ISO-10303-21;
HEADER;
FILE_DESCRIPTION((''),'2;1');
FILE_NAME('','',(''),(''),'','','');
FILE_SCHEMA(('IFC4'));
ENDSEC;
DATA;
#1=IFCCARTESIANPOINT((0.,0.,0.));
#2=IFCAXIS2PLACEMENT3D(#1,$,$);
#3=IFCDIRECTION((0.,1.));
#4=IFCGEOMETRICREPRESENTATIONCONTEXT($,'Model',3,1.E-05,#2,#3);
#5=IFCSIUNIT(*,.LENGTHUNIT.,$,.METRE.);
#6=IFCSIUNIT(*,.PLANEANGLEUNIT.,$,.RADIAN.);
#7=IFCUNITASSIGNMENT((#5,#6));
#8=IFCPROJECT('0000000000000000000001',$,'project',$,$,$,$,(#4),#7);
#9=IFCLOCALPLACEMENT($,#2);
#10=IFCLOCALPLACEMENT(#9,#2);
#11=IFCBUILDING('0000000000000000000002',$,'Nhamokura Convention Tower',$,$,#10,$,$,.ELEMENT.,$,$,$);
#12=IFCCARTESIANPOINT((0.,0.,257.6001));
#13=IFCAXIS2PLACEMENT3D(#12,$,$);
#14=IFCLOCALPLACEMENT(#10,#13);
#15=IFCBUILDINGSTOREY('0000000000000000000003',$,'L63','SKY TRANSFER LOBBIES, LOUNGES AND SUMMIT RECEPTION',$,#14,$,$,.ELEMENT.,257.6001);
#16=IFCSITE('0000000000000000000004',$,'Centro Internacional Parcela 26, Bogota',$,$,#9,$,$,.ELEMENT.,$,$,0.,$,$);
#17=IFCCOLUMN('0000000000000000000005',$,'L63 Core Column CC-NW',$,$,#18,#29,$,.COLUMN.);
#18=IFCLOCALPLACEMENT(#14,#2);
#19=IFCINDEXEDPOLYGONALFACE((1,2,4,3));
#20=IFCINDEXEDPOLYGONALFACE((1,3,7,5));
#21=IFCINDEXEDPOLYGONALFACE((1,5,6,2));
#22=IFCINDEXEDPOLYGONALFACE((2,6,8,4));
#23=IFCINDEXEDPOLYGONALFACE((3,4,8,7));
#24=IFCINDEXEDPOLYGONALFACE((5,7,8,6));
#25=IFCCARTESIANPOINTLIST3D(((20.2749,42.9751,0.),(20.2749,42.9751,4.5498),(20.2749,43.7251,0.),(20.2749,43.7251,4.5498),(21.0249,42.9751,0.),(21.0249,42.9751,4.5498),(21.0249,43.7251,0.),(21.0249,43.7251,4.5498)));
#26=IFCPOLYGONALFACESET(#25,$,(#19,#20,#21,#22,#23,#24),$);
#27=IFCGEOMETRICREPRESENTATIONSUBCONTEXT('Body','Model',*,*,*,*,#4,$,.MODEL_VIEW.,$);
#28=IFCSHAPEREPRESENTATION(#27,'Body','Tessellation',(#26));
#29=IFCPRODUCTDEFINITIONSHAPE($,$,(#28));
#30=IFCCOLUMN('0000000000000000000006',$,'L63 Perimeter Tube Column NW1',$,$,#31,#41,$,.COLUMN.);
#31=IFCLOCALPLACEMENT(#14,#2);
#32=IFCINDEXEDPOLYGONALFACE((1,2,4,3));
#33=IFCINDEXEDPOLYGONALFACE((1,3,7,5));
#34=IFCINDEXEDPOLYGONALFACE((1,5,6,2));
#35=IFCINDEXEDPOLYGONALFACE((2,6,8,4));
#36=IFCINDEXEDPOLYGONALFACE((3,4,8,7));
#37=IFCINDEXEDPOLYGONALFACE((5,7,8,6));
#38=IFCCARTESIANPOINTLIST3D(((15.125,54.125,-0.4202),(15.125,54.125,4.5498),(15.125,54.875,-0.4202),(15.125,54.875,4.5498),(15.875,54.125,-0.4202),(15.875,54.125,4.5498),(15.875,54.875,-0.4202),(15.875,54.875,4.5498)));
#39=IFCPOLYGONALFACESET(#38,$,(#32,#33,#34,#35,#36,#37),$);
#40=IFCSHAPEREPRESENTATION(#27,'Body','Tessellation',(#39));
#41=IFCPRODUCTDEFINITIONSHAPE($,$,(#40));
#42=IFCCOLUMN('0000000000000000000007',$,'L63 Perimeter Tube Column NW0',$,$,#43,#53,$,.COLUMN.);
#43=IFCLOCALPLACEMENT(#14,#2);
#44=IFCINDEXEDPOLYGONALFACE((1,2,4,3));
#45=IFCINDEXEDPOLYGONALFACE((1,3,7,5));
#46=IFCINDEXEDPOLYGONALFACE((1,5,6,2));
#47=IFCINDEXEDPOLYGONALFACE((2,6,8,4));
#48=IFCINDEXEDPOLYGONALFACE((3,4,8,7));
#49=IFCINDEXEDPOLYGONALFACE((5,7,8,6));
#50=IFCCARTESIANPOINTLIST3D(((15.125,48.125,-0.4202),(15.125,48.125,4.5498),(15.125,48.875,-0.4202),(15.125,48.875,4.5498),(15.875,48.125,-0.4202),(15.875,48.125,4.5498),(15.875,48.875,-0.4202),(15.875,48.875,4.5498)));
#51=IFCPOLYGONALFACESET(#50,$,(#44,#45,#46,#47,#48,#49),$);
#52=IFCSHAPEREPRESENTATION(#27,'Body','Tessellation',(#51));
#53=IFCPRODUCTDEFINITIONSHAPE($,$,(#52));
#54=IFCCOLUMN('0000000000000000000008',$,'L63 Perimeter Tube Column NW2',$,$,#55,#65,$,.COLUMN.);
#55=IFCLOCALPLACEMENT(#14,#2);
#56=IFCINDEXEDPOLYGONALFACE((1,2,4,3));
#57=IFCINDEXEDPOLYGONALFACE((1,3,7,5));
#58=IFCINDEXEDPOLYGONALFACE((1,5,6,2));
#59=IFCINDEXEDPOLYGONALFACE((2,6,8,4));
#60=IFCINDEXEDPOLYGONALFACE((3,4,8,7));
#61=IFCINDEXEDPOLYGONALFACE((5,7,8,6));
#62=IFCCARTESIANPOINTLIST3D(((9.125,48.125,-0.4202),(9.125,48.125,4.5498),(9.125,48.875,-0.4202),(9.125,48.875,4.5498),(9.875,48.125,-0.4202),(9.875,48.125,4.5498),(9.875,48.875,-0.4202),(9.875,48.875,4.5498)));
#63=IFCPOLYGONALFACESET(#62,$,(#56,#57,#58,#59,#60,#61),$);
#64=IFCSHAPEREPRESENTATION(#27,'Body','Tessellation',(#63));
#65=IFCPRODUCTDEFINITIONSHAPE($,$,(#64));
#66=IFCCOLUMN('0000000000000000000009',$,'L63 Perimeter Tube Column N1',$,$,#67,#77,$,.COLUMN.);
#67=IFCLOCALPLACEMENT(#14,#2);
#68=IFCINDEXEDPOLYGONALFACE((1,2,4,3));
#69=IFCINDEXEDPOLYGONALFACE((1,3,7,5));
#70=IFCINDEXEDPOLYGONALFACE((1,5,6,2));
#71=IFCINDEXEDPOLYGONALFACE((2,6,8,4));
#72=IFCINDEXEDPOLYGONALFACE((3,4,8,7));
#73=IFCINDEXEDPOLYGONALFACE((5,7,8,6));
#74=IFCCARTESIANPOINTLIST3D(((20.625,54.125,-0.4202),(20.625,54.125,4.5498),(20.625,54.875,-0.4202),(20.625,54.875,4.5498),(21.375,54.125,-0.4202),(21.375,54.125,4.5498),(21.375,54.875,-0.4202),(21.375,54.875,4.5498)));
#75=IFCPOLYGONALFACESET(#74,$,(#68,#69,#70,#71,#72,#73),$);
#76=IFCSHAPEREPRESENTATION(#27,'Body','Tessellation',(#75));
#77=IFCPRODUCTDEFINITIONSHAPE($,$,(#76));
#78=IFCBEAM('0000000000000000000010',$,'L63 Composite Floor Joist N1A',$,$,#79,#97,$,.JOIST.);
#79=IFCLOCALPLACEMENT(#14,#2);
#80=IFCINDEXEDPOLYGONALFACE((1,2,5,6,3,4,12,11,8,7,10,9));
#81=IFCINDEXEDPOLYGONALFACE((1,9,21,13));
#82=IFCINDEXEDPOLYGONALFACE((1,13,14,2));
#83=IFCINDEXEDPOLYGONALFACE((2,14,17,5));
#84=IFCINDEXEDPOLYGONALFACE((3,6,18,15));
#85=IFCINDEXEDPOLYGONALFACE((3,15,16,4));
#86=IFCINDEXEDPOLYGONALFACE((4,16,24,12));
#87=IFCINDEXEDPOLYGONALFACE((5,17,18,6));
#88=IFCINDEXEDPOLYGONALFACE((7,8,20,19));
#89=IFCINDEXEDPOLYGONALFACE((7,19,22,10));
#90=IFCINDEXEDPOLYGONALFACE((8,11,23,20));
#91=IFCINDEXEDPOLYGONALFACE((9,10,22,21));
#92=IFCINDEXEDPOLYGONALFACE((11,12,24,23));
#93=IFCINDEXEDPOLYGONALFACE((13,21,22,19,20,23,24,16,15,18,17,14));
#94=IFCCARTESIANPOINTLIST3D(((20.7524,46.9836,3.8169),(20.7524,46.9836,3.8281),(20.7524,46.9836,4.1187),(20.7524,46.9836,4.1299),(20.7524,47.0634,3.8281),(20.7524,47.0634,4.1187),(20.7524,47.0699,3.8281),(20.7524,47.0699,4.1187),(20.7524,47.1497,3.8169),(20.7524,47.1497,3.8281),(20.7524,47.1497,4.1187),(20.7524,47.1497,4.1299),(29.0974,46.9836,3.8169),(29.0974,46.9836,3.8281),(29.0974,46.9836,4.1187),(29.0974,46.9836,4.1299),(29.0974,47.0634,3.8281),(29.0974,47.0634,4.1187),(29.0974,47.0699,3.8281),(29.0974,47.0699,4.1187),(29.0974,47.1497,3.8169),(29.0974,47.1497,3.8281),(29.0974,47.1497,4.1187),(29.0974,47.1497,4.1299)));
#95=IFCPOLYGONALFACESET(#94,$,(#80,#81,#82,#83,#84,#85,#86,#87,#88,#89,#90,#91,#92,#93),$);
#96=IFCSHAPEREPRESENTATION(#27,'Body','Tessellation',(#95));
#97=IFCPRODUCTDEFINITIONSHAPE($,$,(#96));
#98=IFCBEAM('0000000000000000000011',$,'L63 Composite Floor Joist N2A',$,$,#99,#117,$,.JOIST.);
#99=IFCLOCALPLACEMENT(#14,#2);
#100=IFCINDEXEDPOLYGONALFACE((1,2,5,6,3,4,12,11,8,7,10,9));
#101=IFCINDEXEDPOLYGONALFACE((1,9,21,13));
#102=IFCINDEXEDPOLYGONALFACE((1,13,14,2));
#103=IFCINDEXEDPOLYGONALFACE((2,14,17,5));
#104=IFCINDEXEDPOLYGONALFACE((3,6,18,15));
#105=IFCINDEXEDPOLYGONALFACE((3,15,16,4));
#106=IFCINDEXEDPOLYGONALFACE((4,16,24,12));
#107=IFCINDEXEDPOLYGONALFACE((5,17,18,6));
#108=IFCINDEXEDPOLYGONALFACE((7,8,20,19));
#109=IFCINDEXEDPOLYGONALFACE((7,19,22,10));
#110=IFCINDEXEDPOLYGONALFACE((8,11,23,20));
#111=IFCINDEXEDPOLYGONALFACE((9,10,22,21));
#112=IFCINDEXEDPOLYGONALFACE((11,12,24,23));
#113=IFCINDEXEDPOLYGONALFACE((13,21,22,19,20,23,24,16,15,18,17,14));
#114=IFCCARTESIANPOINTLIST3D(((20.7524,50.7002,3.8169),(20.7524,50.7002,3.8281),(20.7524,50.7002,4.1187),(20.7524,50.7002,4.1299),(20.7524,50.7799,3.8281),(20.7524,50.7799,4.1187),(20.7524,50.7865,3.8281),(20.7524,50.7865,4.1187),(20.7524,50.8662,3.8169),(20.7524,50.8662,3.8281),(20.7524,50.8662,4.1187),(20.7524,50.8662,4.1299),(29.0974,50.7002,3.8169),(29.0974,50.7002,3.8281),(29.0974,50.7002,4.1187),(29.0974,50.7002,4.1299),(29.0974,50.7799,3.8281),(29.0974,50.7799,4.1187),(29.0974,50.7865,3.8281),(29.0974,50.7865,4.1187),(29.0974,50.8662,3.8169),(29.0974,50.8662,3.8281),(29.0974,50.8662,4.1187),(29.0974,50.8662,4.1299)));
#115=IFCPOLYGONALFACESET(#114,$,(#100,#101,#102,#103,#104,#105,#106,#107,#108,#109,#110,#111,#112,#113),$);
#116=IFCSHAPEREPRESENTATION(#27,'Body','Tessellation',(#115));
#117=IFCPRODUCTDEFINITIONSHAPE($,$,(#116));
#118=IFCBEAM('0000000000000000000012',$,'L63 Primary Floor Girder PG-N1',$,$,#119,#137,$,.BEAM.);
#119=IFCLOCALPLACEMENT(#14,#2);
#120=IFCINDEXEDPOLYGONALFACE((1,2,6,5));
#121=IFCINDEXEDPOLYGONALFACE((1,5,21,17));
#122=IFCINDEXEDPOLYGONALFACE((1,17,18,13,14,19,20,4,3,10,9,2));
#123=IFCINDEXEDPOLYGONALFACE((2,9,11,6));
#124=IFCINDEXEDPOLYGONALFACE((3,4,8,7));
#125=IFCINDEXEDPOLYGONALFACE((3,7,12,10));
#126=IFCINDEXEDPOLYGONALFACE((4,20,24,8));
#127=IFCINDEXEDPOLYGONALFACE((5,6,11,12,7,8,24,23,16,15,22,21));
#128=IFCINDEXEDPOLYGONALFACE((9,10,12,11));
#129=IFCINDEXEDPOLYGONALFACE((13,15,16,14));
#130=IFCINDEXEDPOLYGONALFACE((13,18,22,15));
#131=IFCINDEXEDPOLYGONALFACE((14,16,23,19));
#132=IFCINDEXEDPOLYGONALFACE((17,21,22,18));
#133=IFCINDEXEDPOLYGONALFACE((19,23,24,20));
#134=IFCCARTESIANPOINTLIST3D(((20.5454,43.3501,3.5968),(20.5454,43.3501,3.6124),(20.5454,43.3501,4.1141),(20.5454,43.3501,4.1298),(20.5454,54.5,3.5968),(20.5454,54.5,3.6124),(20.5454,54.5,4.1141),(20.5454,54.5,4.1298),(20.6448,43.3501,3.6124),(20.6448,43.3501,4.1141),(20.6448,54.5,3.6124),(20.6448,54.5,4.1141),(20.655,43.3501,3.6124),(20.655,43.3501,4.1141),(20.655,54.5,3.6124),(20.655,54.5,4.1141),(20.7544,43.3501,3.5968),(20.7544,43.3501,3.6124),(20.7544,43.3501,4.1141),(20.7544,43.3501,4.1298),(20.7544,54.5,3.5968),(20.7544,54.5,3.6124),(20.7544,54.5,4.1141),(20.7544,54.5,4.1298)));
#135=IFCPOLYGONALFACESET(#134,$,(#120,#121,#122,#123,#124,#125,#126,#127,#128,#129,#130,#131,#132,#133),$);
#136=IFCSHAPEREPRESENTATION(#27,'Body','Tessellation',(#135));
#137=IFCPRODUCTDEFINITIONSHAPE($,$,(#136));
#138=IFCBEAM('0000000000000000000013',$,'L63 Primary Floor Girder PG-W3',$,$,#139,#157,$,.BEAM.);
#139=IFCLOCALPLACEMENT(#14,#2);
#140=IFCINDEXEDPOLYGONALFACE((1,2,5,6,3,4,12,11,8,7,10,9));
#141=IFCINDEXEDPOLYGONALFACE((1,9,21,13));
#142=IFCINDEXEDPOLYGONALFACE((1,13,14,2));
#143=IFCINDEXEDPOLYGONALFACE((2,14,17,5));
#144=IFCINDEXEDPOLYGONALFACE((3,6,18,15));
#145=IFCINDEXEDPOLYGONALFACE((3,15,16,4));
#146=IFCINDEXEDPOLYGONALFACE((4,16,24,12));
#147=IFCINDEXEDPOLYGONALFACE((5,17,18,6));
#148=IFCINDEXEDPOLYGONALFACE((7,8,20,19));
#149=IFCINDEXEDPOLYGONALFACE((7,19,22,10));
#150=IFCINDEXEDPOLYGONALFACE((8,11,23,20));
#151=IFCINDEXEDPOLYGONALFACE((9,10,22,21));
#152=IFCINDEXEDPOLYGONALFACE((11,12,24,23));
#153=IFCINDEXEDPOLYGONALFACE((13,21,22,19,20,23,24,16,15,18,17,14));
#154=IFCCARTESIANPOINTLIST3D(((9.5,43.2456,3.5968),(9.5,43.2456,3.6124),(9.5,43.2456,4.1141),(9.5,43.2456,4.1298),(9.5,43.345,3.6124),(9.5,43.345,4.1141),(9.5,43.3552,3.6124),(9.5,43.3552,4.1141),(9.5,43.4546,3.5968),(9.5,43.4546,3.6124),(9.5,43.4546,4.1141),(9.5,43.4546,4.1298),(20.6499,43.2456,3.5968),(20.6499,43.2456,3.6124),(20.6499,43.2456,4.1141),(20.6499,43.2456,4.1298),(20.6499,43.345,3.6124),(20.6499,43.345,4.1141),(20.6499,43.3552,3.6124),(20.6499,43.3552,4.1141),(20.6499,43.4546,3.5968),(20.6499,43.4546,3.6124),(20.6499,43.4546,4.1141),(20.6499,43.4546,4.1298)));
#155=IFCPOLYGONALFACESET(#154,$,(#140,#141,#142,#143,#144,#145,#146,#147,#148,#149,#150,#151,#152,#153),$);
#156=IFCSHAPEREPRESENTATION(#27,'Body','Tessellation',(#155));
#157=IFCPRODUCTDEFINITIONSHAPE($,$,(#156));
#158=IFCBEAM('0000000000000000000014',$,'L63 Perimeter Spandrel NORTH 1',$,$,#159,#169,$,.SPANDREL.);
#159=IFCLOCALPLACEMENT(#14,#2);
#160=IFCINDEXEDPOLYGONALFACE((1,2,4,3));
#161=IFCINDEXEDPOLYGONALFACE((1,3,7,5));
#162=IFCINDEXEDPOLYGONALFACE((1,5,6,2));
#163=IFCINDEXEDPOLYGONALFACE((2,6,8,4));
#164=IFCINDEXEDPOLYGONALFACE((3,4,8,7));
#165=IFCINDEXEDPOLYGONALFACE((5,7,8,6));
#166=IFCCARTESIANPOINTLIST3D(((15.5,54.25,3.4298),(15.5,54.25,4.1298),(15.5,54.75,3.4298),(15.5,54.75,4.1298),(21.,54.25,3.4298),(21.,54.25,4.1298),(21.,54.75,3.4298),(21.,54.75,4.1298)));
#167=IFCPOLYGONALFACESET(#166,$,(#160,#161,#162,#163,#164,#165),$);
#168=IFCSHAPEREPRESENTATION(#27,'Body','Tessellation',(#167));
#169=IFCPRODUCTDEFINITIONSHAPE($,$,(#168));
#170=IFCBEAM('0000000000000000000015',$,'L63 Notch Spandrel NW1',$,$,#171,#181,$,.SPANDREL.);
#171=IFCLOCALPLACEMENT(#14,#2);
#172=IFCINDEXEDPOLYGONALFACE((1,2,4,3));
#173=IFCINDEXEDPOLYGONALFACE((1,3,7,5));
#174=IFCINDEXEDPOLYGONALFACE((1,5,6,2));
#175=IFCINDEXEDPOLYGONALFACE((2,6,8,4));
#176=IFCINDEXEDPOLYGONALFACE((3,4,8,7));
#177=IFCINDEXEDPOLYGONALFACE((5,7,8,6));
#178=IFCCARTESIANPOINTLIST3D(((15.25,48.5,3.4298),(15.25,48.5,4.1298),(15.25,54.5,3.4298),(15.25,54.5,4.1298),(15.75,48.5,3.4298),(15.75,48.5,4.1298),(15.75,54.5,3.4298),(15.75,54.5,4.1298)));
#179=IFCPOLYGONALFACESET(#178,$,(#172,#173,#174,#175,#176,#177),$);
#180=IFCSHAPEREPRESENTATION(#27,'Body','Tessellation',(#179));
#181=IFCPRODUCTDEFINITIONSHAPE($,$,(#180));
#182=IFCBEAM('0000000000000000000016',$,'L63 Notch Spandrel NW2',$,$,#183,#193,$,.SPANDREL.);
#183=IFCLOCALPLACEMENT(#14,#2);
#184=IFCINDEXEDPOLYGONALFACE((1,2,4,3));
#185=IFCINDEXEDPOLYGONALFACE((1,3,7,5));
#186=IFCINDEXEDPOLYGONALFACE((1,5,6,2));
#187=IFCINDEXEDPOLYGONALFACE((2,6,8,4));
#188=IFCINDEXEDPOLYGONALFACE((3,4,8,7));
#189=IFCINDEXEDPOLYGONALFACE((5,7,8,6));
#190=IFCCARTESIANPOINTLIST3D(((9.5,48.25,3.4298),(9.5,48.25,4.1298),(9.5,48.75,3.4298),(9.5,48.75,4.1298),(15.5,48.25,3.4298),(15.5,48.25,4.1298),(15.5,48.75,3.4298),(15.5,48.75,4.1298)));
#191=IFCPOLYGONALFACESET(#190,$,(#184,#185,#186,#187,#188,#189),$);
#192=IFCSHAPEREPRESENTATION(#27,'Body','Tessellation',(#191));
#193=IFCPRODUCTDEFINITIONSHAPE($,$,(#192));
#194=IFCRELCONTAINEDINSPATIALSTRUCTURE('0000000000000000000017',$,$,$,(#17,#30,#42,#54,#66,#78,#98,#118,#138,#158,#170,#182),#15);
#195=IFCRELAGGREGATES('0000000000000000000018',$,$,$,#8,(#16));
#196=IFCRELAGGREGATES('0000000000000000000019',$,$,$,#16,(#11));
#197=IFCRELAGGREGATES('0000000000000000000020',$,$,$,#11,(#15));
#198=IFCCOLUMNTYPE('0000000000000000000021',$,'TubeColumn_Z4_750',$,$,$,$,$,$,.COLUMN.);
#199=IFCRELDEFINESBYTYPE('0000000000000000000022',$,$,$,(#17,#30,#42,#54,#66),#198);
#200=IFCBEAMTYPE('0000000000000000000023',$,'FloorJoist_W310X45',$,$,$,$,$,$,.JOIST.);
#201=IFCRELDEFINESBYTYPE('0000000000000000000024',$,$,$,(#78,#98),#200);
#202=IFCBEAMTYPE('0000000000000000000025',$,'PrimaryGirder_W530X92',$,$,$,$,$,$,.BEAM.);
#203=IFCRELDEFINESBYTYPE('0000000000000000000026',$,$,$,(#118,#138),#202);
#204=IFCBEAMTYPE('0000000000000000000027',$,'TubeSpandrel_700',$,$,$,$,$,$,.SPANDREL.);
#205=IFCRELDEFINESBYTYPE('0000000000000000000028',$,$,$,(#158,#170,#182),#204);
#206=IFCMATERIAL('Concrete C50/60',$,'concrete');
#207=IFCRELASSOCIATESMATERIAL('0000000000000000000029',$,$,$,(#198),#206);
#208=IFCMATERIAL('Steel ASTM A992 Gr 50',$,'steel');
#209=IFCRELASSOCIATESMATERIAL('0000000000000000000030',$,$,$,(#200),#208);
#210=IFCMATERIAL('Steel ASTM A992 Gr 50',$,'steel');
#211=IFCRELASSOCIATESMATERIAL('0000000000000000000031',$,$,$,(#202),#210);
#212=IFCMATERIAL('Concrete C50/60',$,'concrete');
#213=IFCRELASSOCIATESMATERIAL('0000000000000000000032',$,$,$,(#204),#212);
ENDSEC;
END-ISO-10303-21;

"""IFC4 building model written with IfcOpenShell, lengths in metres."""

from ifc_helpers import new_model, si_unit, direction, frame, origin, origin_2d, place, context, subcontext, project, spatial, rectangle, i_section, extrude, material, material_profile, profile_set, type_object, element, save


model = new_model("IFC4")

# Units and contexts
model_context = context("Model", 3, precision=1e-05, world=origin(), true_north=direction((0.0, 1.0)))
body_context = subcontext(model_context, "Body", "Model", "MODEL_VIEW")
ifc_project = project(units=[si_unit("LENGTHUNIT", "METRE"), si_unit("PLANEANGLEUNIT", "RADIAN")], contexts=[model_context])

# Site, building, storey
site_placement = place(None, origin())
site = spatial("IfcSite", under=ifc_project, at=site_placement, Name="Centro Internacional Parcela 26, Bogota", CompositionType="ELEMENT", RefElevation=0.0)
building_placement = place(site_placement, origin())
building = spatial("IfcBuilding", under=site, at=building_placement, Name="Nhamokura Convention Tower", CompositionType="ELEMENT")
storey_placement = place(building_placement, frame((0.0, 0.0, 257.6001)))
storey = spatial("IfcBuildingStorey", under=building, at=storey_placement, Name="L63", Description="SKY TRANSFER LOBBIES, LOUNGES AND SUMMIT RECEPTION", CompositionType="ELEMENT", Elevation=257.6001)

# Columns
ifc_material_1 = material(Name="Concrete C50/60", Category="concrete")
ifc_material_profile_1 = material_profile(ifc_material_1, rectangle(XDim=0.75, YDim=0.75, at=origin_2d()))
ifc_profile_set_1 = profile_set([ifc_material_profile_1], Name="Concrete C50/60")
column_type = type_object("IfcColumnType", Name="TubeColumn_Z4_750", PredefinedType="COLUMN", material=ifc_profile_set_1)
column_placement = place(storey_placement, frame((20.6499, 43.3501, 0.0), z_axis=(0.0, 0.0, 1.0), x_axis=(1.0, 0.0, 0.0)))
element("IfcColumn", 1, at=column_placement, inside=storey, type_object=column_type, Name="L63 Core Column CC-NW", PredefinedType="COLUMN", context=body_context, shape_type="SweptSolid", body=[
    extrude(rectangle(XDim=0.75, YDim=0.75, at=origin_2d()), origin(), (0.0, 0.0, 1.0), 4.5498),
])
for number, where, z_axis, x_axis, name in (
    (2, (15.5, 54.5, -0.4202), (0.0, 0.0, 1.0), (1.0, 0.0, 0.0), "L63 Perimeter Tube Column NW1"),
    (3, (15.5, 48.5, -0.4202), (0.0, 0.0, 1.0), (1.0, 0.0, 0.0), "L63 Perimeter Tube Column NW0"),
    (4, (9.5, 48.5, -0.4202), (0.0, 0.0, 1.0), (1.0, 0.0, 0.0), "L63 Perimeter Tube Column NW2"),
    (5, (21.0, 54.5, -0.4202), (0.0, 0.0, 1.0), (1.0, 0.0, 0.0), "L63 Perimeter Tube Column N1"),
):
    element("IfcColumn", number, at=place(storey_placement, frame(where, z_axis=z_axis, x_axis=x_axis)), inside=storey, type_object=column_type, Name=name, PredefinedType="COLUMN", context=body_context, shape_type="SweptSolid", body=[
        extrude(rectangle(XDim=0.75, YDim=0.75, at=origin_2d()), origin(), (0.0, 0.0, 1.0), 4.97),
    ])

# Beams
ifc_material_2 = material(Name="Steel ASTM A992 Gr 50", Category="steel")
ifc_material_profile_2 = material_profile(ifc_material_2, i_section(OverallWidth=0.166, OverallDepth=0.313, WebThickness=0.0066, FlangeThickness=0.0112, at=origin_2d()))
ifc_profile_set_2 = profile_set([ifc_material_profile_2], Name="Steel ASTM A992 Gr 50")
beam_type_1 = type_object("IfcBeamType", Name="FloorJoist_W310X45", PredefinedType="JOIST", material=ifc_profile_set_2)
for number, where, z_axis, x_axis, name in (
    (6, (20.7524, 47.0667, 3.9734), (1.0, 0.0, 0.0), (0.0, 1.0, 0.0), "L63 Composite Floor Joist N1A"),
    (7, (20.7524, 50.7832, 3.9734), (1.0, 0.0, 0.0), (0.0, 1.0, 0.0), "L63 Composite Floor Joist N2A"),
):
    element("IfcBeam", number, at=place(storey_placement, frame(where, z_axis=z_axis, x_axis=x_axis)), inside=storey, type_object=beam_type_1, Name=name, PredefinedType="JOIST", context=body_context, shape_type="SweptSolid", body=[
        extrude(i_section(OverallWidth=0.166, OverallDepth=0.313, WebThickness=0.0066, FlangeThickness=0.0112, at=origin_2d()), origin(), (0.0, 0.0, 1.0), 8.345),
    ])
ifc_material_3 = material(Name="Steel ASTM A992 Gr 50", Category="steel")
ifc_material_profile_3 = material_profile(ifc_material_3, i_section(OverallWidth=0.209, OverallDepth=0.533, WebThickness=0.0103, FlangeThickness=0.0156, at=origin_2d()))
ifc_profile_set_3 = profile_set([ifc_material_profile_3], Name="Steel ASTM A992 Gr 50")
beam_type_2 = type_object("IfcBeamType", Name="PrimaryGirder_W530X92", PredefinedType="BEAM", material=ifc_profile_set_3)
for number, where, z_axis, x_axis, name in (
    (8, (20.6499, 43.3501, 3.8633), (0.0, 1.0, 0.0), (-1.0, 0.0, 0.0), "L63 Primary Floor Girder PG-N1"),
    (9, (9.5, 43.3501, 3.8633), (1.0, 0.0, 0.0), (0.0, 1.0, 0.0), "L63 Primary Floor Girder PG-W3"),
):
    element("IfcBeam", number, at=place(storey_placement, frame(where, z_axis=z_axis, x_axis=x_axis)), inside=storey, type_object=beam_type_2, Name=name, PredefinedType="BEAM", context=body_context, shape_type="SweptSolid", body=[
        extrude(i_section(OverallWidth=0.209, OverallDepth=0.533, WebThickness=0.0103, FlangeThickness=0.0156, at=origin_2d()), origin(), (0.0, 0.0, 1.0), 11.1499),
    ])
ifc_material_4 = material(Name="Concrete C50/60", Category="concrete")
ifc_material_profile_4 = material_profile(ifc_material_4, rectangle(XDim=0.5, YDim=0.7, at=origin_2d()))
ifc_profile_set_4 = profile_set([ifc_material_profile_4], Name="Concrete C50/60")
beam_type_3 = type_object("IfcBeamType", Name="TubeSpandrel_700", PredefinedType="SPANDREL", material=ifc_profile_set_4)
beam_placement = place(storey_placement, frame((15.5, 54.5, 3.7798), z_axis=(1.0, 0.0, 0.0), x_axis=(0.0, 1.0, 0.0)))
element("IfcBeam", 10, at=beam_placement, inside=storey, type_object=beam_type_3, Name="L63 Perimeter Spandrel NORTH 1", PredefinedType="SPANDREL", context=body_context, shape_type="SweptSolid", body=[
    extrude(rectangle(XDim=0.5, YDim=0.7, at=origin_2d()), origin(), (0.0, 0.0, 1.0), 5.5),
])
for number, where, z_axis, x_axis, name in (
    (11, (15.5, 54.5, 3.7798), (0.0, -1.0, 0.0), (1.0, 0.0, 0.0), "L63 Notch Spandrel NW1"),
    (12, (15.5, 48.5, 3.7798), (-1.0, 0.0, 0.0), (0.0, -1.0, 0.0), "L63 Notch Spandrel NW2"),
):
    element("IfcBeam", number, at=place(storey_placement, frame(where, z_axis=z_axis, x_axis=x_axis)), inside=storey, type_object=beam_type_3, Name=name, PredefinedType="SPANDREL", context=body_context, shape_type="SweptSolid", body=[
        extrude(rectangle(XDim=0.5, YDim=0.7, at=origin_2d()), origin(), (0.0, 0.0, 1.0), 6.0),
    ])

save(model, "model.ifc")
